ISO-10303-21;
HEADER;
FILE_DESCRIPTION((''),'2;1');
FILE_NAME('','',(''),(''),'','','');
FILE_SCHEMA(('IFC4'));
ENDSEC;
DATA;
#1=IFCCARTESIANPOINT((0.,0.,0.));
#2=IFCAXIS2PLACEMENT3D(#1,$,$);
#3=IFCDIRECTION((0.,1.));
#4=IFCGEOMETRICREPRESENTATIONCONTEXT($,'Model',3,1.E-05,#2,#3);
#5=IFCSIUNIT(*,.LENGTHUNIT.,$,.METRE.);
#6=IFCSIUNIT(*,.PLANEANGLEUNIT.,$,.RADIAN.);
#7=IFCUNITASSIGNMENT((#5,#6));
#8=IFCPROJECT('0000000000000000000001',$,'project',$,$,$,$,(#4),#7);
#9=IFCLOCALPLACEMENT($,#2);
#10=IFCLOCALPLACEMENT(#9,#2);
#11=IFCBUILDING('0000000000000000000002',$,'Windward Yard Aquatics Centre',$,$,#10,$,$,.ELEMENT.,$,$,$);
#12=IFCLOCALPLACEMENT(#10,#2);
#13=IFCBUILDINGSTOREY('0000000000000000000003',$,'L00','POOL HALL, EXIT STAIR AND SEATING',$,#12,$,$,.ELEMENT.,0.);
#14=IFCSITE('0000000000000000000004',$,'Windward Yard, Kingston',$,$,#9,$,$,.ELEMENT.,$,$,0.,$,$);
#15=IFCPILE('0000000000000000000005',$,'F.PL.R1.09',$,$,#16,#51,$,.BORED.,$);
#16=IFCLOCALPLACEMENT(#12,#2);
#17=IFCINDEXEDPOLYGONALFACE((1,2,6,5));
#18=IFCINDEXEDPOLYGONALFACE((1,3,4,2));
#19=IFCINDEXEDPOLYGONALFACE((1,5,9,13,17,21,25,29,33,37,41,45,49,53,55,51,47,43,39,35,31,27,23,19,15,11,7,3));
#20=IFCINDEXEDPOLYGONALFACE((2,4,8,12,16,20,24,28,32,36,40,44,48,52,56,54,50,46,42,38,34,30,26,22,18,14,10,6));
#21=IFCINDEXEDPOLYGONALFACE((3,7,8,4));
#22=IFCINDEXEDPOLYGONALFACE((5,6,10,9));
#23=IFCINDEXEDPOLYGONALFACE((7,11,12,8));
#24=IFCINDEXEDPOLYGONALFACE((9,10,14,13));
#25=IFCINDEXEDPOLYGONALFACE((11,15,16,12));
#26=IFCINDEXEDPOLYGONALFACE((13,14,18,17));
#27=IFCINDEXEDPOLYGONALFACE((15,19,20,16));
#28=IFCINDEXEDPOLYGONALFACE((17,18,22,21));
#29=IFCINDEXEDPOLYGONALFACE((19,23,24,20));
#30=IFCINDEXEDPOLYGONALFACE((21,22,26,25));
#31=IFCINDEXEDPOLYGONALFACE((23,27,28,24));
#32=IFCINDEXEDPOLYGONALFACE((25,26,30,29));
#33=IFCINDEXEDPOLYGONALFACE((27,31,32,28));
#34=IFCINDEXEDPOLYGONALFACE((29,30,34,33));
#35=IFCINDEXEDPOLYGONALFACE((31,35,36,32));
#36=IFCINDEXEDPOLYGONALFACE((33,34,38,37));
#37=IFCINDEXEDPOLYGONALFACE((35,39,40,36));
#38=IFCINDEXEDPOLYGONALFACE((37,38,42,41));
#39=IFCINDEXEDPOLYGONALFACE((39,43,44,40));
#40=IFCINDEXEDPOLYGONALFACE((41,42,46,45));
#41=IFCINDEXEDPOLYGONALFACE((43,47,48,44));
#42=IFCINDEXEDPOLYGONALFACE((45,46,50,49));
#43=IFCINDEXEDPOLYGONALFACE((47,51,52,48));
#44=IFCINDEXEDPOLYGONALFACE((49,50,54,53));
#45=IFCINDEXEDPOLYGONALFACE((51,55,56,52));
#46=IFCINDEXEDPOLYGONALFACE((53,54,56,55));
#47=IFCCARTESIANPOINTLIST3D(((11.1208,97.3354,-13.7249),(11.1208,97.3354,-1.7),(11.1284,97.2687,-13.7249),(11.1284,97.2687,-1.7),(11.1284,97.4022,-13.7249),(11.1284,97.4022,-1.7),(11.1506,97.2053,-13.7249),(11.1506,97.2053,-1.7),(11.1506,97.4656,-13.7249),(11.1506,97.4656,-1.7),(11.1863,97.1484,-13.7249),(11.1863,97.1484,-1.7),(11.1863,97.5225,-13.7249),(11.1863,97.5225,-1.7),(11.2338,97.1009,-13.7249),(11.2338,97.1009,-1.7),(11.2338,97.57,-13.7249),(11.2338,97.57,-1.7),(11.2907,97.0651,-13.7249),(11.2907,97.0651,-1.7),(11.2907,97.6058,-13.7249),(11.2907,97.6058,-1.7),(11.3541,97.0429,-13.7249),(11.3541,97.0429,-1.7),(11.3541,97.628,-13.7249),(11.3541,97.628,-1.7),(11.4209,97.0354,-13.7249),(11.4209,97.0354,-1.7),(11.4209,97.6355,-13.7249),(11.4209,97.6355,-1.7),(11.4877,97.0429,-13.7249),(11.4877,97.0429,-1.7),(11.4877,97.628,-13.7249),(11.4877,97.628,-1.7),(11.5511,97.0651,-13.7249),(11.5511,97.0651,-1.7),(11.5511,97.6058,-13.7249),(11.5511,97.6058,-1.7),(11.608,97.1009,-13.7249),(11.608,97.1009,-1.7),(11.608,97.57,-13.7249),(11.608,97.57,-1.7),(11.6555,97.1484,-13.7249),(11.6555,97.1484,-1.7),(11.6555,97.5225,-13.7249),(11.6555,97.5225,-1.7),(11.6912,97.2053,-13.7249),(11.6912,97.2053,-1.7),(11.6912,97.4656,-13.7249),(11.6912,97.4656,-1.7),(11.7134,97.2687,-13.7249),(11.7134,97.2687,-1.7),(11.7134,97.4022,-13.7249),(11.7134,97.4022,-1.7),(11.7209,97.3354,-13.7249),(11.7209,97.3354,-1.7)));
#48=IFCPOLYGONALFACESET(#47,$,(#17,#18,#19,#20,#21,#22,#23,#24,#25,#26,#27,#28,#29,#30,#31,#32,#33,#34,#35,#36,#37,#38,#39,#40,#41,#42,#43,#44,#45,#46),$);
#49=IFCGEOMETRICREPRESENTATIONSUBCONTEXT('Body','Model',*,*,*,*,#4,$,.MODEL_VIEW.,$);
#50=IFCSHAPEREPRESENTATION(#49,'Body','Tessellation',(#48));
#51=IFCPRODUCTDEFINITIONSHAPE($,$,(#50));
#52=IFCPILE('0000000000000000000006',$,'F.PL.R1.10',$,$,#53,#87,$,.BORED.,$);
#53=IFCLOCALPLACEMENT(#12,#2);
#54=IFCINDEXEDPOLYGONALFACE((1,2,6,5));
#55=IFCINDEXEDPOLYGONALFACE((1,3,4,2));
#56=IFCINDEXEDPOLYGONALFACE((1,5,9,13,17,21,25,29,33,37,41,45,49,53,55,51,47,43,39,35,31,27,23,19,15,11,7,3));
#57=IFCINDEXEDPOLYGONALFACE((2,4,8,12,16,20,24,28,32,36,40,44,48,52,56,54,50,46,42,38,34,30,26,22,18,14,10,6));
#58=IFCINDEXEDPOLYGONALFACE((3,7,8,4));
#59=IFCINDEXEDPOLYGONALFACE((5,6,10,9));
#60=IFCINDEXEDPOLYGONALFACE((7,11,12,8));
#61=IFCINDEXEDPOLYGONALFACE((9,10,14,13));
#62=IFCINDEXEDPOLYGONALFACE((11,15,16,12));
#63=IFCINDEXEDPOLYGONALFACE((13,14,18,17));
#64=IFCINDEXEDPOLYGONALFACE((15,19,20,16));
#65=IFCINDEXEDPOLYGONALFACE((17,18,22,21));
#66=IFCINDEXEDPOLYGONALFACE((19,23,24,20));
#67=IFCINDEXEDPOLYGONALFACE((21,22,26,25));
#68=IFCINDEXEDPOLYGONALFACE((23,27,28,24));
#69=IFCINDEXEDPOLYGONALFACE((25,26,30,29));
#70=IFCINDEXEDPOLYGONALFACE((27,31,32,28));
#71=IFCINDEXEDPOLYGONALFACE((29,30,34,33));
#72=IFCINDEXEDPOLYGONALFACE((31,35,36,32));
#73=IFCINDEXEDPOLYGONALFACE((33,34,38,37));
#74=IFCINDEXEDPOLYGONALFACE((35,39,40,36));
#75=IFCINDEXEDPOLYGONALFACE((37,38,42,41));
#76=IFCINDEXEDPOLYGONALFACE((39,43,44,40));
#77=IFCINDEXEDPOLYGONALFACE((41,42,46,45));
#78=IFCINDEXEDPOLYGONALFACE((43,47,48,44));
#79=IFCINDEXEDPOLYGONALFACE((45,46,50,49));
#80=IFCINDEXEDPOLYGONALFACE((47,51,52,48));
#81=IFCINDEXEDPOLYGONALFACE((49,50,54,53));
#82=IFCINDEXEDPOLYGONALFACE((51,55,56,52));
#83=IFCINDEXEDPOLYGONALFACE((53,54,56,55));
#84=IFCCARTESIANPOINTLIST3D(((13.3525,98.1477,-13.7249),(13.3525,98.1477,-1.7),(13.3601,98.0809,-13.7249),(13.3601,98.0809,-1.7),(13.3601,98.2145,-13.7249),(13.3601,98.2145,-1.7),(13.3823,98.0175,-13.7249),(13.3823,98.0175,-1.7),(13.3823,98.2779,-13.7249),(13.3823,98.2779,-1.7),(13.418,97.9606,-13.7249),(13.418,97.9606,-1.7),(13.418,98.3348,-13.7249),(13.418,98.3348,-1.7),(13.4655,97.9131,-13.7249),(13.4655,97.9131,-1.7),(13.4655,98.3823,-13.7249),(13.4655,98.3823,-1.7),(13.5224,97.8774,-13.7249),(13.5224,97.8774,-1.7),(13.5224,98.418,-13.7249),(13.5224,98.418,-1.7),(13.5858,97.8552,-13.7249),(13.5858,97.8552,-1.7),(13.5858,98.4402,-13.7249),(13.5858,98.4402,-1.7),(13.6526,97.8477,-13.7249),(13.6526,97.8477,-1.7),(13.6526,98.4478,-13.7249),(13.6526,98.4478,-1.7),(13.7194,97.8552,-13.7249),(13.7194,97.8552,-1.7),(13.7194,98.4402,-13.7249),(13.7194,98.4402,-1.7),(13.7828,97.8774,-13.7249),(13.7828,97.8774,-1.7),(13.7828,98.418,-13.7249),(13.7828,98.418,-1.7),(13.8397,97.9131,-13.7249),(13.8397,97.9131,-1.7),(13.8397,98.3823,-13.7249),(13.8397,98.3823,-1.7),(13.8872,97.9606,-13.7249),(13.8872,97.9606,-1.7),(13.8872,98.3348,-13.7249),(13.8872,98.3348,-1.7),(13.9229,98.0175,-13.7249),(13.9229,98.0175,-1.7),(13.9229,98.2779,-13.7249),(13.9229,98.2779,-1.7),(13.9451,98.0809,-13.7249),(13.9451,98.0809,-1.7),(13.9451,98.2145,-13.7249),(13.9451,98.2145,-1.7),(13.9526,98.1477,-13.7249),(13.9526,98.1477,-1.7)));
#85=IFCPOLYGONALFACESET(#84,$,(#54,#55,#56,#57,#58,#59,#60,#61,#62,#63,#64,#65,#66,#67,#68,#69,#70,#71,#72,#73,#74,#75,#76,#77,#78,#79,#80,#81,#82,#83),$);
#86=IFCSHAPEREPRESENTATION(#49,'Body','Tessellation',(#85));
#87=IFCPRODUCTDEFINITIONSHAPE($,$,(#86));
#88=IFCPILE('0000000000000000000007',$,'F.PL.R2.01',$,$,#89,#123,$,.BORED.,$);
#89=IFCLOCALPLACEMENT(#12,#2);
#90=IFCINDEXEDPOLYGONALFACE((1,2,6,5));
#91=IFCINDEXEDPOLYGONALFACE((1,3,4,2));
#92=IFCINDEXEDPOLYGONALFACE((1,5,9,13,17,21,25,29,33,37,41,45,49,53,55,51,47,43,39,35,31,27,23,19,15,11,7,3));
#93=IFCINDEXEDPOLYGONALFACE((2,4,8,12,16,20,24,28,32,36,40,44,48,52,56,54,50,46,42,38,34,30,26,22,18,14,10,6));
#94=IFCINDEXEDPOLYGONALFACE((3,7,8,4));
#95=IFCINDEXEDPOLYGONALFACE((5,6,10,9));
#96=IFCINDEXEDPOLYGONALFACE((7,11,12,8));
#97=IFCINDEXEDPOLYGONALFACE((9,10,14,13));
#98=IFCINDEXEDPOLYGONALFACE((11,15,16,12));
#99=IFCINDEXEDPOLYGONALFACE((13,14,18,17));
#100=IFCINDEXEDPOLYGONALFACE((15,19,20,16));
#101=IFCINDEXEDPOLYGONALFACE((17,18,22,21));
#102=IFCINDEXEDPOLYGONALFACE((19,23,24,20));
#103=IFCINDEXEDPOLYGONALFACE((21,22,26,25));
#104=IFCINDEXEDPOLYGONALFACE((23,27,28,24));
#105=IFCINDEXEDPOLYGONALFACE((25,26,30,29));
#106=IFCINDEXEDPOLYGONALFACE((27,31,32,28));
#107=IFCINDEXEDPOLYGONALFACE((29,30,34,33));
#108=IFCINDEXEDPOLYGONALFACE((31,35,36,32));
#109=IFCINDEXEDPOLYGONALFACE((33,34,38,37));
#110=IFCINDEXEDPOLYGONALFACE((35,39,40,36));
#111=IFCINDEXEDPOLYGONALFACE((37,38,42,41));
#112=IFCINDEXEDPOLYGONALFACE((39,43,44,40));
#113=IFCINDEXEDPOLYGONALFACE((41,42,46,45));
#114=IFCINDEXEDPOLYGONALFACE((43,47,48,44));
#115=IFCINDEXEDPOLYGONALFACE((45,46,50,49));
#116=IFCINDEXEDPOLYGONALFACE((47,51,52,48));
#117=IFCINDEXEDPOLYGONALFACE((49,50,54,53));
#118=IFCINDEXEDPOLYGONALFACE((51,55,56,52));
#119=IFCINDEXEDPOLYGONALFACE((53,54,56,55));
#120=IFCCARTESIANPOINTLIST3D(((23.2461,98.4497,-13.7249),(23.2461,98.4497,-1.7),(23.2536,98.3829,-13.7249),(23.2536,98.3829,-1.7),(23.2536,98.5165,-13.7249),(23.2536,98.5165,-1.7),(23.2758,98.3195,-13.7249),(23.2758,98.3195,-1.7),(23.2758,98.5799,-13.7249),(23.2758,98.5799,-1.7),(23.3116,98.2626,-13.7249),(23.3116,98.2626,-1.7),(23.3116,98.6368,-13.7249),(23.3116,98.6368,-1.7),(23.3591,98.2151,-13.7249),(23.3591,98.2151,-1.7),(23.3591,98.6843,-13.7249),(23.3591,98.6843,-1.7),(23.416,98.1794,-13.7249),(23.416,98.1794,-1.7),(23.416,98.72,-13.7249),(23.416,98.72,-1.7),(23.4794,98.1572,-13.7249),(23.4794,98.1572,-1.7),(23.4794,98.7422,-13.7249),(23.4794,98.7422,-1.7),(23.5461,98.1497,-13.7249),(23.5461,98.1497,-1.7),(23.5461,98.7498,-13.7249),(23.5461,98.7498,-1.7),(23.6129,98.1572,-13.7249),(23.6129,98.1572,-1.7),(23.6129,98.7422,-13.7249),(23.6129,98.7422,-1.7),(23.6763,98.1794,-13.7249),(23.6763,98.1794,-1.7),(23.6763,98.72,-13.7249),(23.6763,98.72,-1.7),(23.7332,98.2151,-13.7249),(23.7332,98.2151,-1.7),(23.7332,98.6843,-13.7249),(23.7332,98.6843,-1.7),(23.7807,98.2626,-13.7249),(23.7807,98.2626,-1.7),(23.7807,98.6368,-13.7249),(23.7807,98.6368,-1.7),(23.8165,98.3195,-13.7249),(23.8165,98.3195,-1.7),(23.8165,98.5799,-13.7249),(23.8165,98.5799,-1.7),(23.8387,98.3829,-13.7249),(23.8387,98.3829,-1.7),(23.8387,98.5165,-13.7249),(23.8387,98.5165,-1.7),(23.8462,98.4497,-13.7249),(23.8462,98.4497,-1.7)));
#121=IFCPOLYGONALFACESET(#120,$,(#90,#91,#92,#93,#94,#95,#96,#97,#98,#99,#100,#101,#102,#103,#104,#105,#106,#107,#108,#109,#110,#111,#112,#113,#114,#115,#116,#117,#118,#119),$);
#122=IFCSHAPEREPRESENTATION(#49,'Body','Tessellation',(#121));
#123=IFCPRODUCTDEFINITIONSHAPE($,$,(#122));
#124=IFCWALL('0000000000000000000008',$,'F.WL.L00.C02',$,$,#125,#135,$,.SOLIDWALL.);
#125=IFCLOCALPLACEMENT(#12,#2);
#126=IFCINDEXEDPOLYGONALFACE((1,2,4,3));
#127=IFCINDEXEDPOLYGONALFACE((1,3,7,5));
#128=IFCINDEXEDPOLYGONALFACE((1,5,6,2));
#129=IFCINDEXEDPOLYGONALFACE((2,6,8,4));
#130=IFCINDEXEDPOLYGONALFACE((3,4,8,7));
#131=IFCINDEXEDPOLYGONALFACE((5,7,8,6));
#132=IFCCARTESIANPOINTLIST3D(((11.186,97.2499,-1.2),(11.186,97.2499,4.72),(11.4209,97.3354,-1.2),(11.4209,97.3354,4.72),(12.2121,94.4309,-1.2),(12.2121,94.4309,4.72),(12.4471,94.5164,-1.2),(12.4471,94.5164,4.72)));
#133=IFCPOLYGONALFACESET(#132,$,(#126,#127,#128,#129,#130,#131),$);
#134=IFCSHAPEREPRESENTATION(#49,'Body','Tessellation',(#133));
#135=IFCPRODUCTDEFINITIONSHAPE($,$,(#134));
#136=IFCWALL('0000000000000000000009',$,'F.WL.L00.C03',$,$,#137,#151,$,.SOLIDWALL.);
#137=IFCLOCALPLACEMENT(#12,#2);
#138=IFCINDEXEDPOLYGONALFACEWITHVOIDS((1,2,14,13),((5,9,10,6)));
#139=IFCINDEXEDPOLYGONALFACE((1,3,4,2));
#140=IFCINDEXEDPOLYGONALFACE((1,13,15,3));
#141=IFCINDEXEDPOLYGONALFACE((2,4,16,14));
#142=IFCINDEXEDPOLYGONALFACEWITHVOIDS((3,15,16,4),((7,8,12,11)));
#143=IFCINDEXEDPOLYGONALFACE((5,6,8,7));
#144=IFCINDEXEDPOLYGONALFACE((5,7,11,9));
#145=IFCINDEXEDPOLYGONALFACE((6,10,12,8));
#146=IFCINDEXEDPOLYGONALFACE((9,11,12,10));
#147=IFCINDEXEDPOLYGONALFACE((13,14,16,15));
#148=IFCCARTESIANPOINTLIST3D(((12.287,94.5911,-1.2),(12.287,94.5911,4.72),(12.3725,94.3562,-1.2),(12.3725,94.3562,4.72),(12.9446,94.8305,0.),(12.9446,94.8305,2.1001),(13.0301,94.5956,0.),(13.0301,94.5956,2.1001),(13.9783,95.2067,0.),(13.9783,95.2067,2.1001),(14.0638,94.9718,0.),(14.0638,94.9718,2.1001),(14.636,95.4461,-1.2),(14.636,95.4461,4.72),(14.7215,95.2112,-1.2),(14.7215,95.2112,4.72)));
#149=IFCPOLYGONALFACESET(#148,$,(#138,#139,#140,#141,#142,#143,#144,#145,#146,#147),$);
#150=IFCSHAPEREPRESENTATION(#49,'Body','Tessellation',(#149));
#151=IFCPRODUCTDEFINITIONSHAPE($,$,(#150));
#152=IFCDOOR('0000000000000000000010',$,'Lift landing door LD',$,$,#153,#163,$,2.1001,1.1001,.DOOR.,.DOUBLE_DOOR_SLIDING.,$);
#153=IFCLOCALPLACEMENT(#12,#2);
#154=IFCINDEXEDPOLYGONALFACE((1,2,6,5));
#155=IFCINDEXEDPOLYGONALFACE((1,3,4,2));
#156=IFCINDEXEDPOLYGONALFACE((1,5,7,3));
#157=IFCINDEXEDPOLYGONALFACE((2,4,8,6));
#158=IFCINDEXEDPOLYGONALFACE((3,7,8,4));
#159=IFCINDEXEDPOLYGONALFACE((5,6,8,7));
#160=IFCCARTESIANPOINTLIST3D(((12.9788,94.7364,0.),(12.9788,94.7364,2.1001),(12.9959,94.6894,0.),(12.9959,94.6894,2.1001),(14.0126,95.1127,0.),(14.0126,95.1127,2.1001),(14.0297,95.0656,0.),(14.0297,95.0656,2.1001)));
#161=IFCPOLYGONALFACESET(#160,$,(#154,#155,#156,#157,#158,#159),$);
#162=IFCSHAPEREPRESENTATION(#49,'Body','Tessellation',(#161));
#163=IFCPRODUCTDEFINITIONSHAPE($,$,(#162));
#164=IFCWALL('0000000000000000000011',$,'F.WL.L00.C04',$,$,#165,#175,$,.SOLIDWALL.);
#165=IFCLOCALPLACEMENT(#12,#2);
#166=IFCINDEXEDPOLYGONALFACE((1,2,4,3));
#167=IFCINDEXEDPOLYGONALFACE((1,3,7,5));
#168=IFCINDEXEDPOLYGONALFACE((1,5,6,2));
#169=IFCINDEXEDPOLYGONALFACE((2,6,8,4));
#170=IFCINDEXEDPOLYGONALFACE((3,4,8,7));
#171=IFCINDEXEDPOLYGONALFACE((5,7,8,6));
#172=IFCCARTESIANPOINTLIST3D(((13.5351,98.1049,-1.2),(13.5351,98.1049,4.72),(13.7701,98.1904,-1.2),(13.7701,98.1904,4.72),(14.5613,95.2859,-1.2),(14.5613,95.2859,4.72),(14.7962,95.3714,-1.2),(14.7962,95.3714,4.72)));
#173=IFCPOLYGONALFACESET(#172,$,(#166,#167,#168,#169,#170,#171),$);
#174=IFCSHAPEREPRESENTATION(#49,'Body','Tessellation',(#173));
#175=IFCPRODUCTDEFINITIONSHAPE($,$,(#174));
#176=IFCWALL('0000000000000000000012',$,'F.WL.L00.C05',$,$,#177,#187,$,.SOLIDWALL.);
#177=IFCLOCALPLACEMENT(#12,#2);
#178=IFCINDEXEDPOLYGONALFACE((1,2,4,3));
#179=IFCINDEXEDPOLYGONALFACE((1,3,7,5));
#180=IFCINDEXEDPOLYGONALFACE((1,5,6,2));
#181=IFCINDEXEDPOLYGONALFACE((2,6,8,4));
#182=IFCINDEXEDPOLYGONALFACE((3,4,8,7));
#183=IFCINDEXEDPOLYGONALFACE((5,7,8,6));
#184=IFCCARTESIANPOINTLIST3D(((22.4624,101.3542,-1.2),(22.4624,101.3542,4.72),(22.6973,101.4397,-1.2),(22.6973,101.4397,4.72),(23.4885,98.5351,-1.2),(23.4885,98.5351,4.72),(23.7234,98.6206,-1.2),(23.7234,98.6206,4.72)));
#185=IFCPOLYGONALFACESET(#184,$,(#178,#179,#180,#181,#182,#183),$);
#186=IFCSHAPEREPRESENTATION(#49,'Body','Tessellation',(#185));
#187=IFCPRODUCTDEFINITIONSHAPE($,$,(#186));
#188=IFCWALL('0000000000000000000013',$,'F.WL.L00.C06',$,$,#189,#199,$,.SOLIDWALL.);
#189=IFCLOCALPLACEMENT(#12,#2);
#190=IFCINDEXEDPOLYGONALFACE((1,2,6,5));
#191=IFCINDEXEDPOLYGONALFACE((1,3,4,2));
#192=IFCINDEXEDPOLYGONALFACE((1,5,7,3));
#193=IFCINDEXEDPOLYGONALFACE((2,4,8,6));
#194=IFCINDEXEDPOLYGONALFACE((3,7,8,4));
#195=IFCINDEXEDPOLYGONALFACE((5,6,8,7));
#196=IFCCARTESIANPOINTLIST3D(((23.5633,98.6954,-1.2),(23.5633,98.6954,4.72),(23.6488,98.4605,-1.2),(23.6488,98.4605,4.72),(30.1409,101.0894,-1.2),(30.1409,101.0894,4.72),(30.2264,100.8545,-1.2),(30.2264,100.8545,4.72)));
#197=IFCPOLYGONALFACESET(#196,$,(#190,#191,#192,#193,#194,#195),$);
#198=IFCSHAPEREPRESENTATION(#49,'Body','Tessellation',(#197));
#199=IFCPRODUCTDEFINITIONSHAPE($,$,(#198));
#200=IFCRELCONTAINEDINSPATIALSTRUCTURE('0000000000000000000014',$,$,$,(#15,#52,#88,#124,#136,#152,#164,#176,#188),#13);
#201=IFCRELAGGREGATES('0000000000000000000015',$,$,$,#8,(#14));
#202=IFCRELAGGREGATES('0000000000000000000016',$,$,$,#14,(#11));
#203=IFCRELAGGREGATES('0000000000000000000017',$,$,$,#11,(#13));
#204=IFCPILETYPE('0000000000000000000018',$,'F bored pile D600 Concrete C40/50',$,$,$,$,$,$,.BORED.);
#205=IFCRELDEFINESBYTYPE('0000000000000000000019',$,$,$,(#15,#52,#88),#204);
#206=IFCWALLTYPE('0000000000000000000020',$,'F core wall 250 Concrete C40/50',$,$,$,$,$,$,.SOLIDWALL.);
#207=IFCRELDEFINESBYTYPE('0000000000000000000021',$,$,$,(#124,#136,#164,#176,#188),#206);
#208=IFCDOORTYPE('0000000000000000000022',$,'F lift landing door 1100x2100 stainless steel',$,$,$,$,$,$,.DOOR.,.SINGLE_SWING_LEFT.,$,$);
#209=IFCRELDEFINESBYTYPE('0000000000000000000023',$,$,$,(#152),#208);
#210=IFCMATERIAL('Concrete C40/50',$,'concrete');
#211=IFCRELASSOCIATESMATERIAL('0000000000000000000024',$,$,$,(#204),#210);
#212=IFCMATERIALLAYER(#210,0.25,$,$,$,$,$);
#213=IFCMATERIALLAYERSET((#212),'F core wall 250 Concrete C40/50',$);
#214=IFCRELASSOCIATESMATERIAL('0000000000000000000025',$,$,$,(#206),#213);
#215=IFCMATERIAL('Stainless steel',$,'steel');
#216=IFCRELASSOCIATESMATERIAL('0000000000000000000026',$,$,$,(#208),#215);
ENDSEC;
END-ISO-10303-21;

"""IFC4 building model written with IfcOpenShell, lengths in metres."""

from ifc_helpers import new_model, si_unit, direction, frame, frame_2d, origin, origin_2d, place, context, subcontext, project, spatial, rectangle, circle, extrude, material, layer, layer_set, material_profile, profile_set, type_object, element, fill, save


model = new_model("IFC4")

# Units and contexts
model_context = context("Model", 3, precision=1e-05, world=origin(), true_north=direction((0.0, 1.0)))
body_context = subcontext(model_context, "Body", "Model", "MODEL_VIEW")
ifc_project = project(units=[si_unit("LENGTHUNIT", "METRE"), si_unit("PLANEANGLEUNIT", "RADIAN")], contexts=[model_context])

# Site, building, storey
site_placement = place(None, origin())
site = spatial("IfcSite", under=ifc_project, at=site_placement, Name="Windward Yard, Kingston", CompositionType="ELEMENT", RefElevation=0.0)
building_placement = place(site_placement, origin())
building = spatial("IfcBuilding", under=site, at=building_placement, Name="Windward Yard Aquatics Centre", CompositionType="ELEMENT")
storey_placement = place(building_placement, origin())
storey = spatial("IfcBuildingStorey", under=building, at=storey_placement, Name="L00", Description="POOL HALL, EXIT STAIR AND SEATING", CompositionType="ELEMENT", Elevation=0.0)

# Piles
ifc_material_1 = material(Name="Concrete C40/50", Category="concrete")
ifc_material_profile = material_profile(ifc_material_1, circle(Radius=0.3, at=origin_2d()), Name="D600")
ifc_profile_set = profile_set([ifc_material_profile], Name="Concrete C40/50")
pile_type = type_object("IfcPileType", Name="F bored pile D600 Concrete C40/50", PredefinedType="BORED", material=ifc_profile_set)
for number, where, z_axis, x_axis, name in (
    (1, (11.4209, 97.3354, -1.7), (0.0, 0.0, -1.0), (1.0, 0.0, 0.0), "F.PL.R1.09"),
    (2, (13.6526, 98.1477, -1.7), (0.0, 0.0, -1.0), (1.0, 0.0, 0.0), "F.PL.R1.10"),
    (3, (23.5461, 98.4497, -1.7), (0.0, 0.0, -1.0), (1.0, 0.0, 0.0), "F.PL.R2.01"),
):
    element("IfcPile", number, at=place(storey_placement, frame(where, z_axis=z_axis, x_axis=x_axis)), inside=storey, type_object=pile_type, Name=name, PredefinedType="BORED", context=body_context, shape_type="SweptSolid", body=[
        extrude(circle(Radius=0.3, at=origin_2d()), origin(), (0.0, 0.0, 1.0), 12.0249),
    ])

# Wall
ifc_layer_1 = layer(ifc_material_1, 0.25)
ifc_layer_set_1 = layer_set([ifc_layer_1], Name="F core wall 250 Concrete C40/50")
wall_type_1 = type_object("IfcWallType", Name="F core wall 250 Concrete C40/50", PredefinedType="SOLIDWALL", material=ifc_layer_set_1)
wall_1_placement = place(storey_placement, frame((12.3296, 94.4736, -1.2), z_axis=(0.0, 0.0, 1.0), x_axis=(-0.342037, 0.939686, 0.0)))
element("IfcWall", 4, at=wall_1_placement, inside=storey, type_object=wall_type_1, Name="F.WL.L00.C02", PredefinedType="SOLIDWALL", context=body_context, shape_type="SweptSolid", body=[
    extrude(rectangle(XDim=3.0, YDim=0.25, at=frame_2d((1.5, 0.0))), origin(), (0.0, 0.0, 1.0), 5.9199),
])

# Wall, opening, door
wall_2_placement = place(storey_placement, frame((12.3296, 94.4736, -1.2), z_axis=(0.0, 0.0, 1.0), x_axis=(0.939696, 0.34201, 0.0)))
wall_2 = element("IfcWall", 5, at=wall_2_placement, inside=storey, type_object=wall_type_1, Name="F.WL.L00.C03", PredefinedType="SOLIDWALL", context=body_context, shape_type="SweptSolid", body=[
    extrude(rectangle(XDim=2.4998, YDim=0.25, at=frame_2d((1.25, 0.0))), origin(), (0.0, 0.0, 1.0), 5.9199),
])
opening_1_placement = place(wall_2_placement, frame((0.7, 0.0, 1.2)))
opening_1 = element("IfcOpeningElement", 6, at=opening_1_placement, cuts=wall_2, PredefinedType="OPENING", context=body_context, shape_type="SweptSolid", body=[
    extrude(rectangle(XDim=1.1001, YDim=2.1001, at=frame_2d((0.55, 1.05))), frame((0.0, 0.135, 0.0), z_axis=(0.0, -1.0, 0.0), x_axis=(1.0, 0.0, 0.0)), (0.0, 0.0, 1.0), 0.27),
])
ifc_material_2 = material(Name="Stainless steel", Category="steel")
door_type_1 = type_object("IfcDoorType", Name="F lift landing door 1100x2100 stainless steel", OperationType="SINGLE_SWING_LEFT", PredefinedType="DOOR", material=ifc_material_2)
door_1_placement = place(opening_1_placement, origin())
door_1 = element("IfcDoor", 7, at=door_1_placement, inside=storey, type_object=door_type_1, Name="Lift landing door LD", OperationType="DOUBLE_DOOR_SLIDING", OverallHeight=2.1001, OverallWidth=1.1001, PredefinedType="DOOR", context=body_context, shape_type="SweptSolid", body=[
    extrude(rectangle(XDim=1.1001, YDim=2.1001, at=frame_2d((0.55, 1.05))), frame((0.0, 0.0249, 0.0), z_axis=(0.0, -1.0, 0.0), x_axis=(1.0, 0.0, 0.0)), (0.0, 0.0, 1.0), 0.05),
])
fill(opening_1, door_1)

# Walls
for number, where, z_axis, x_axis, name in (
    (8, (14.6787, 95.3286, -1.2), (0.0, 0.0, 1.0), (-0.342037, 0.939686, 0.0), "F.WL.L00.C04"),
    (9, (23.606, 98.5779, -1.2), (0.0, 0.0, 1.0), (-0.342037, 0.939686, 0.0), "F.WL.L00.C05"),
):
    element("IfcWall", number, at=place(storey_placement, frame(where, z_axis=z_axis, x_axis=x_axis)), inside=storey, type_object=wall_type_1, Name=name, PredefinedType="SOLIDWALL", context=body_context, shape_type="SweptSolid", body=[
        extrude(rectangle(XDim=3.0, YDim=0.25, at=frame_2d((1.5, 0.0))), origin(), (0.0, 0.0, 1.0), 5.9199),
    ])
wall_3_placement = place(storey_placement, frame((23.606, 98.5779, -1.2), z_axis=(0.0, 0.0, 1.0), x_axis=(0.939694, 0.342017, 0.0)))
element("IfcWall", 10, at=wall_3_placement, inside=storey, type_object=wall_type_1, Name="F.WL.L00.C06", PredefinedType="SOLIDWALL", context=body_context, shape_type="SweptSolid", body=[
    extrude(rectangle(XDim=6.9998, YDim=0.25, at=frame_2d((3.5, 0.0))), origin(), (0.0, 0.0, 1.0), 5.9199),
])

save(model, "model.ifc")
